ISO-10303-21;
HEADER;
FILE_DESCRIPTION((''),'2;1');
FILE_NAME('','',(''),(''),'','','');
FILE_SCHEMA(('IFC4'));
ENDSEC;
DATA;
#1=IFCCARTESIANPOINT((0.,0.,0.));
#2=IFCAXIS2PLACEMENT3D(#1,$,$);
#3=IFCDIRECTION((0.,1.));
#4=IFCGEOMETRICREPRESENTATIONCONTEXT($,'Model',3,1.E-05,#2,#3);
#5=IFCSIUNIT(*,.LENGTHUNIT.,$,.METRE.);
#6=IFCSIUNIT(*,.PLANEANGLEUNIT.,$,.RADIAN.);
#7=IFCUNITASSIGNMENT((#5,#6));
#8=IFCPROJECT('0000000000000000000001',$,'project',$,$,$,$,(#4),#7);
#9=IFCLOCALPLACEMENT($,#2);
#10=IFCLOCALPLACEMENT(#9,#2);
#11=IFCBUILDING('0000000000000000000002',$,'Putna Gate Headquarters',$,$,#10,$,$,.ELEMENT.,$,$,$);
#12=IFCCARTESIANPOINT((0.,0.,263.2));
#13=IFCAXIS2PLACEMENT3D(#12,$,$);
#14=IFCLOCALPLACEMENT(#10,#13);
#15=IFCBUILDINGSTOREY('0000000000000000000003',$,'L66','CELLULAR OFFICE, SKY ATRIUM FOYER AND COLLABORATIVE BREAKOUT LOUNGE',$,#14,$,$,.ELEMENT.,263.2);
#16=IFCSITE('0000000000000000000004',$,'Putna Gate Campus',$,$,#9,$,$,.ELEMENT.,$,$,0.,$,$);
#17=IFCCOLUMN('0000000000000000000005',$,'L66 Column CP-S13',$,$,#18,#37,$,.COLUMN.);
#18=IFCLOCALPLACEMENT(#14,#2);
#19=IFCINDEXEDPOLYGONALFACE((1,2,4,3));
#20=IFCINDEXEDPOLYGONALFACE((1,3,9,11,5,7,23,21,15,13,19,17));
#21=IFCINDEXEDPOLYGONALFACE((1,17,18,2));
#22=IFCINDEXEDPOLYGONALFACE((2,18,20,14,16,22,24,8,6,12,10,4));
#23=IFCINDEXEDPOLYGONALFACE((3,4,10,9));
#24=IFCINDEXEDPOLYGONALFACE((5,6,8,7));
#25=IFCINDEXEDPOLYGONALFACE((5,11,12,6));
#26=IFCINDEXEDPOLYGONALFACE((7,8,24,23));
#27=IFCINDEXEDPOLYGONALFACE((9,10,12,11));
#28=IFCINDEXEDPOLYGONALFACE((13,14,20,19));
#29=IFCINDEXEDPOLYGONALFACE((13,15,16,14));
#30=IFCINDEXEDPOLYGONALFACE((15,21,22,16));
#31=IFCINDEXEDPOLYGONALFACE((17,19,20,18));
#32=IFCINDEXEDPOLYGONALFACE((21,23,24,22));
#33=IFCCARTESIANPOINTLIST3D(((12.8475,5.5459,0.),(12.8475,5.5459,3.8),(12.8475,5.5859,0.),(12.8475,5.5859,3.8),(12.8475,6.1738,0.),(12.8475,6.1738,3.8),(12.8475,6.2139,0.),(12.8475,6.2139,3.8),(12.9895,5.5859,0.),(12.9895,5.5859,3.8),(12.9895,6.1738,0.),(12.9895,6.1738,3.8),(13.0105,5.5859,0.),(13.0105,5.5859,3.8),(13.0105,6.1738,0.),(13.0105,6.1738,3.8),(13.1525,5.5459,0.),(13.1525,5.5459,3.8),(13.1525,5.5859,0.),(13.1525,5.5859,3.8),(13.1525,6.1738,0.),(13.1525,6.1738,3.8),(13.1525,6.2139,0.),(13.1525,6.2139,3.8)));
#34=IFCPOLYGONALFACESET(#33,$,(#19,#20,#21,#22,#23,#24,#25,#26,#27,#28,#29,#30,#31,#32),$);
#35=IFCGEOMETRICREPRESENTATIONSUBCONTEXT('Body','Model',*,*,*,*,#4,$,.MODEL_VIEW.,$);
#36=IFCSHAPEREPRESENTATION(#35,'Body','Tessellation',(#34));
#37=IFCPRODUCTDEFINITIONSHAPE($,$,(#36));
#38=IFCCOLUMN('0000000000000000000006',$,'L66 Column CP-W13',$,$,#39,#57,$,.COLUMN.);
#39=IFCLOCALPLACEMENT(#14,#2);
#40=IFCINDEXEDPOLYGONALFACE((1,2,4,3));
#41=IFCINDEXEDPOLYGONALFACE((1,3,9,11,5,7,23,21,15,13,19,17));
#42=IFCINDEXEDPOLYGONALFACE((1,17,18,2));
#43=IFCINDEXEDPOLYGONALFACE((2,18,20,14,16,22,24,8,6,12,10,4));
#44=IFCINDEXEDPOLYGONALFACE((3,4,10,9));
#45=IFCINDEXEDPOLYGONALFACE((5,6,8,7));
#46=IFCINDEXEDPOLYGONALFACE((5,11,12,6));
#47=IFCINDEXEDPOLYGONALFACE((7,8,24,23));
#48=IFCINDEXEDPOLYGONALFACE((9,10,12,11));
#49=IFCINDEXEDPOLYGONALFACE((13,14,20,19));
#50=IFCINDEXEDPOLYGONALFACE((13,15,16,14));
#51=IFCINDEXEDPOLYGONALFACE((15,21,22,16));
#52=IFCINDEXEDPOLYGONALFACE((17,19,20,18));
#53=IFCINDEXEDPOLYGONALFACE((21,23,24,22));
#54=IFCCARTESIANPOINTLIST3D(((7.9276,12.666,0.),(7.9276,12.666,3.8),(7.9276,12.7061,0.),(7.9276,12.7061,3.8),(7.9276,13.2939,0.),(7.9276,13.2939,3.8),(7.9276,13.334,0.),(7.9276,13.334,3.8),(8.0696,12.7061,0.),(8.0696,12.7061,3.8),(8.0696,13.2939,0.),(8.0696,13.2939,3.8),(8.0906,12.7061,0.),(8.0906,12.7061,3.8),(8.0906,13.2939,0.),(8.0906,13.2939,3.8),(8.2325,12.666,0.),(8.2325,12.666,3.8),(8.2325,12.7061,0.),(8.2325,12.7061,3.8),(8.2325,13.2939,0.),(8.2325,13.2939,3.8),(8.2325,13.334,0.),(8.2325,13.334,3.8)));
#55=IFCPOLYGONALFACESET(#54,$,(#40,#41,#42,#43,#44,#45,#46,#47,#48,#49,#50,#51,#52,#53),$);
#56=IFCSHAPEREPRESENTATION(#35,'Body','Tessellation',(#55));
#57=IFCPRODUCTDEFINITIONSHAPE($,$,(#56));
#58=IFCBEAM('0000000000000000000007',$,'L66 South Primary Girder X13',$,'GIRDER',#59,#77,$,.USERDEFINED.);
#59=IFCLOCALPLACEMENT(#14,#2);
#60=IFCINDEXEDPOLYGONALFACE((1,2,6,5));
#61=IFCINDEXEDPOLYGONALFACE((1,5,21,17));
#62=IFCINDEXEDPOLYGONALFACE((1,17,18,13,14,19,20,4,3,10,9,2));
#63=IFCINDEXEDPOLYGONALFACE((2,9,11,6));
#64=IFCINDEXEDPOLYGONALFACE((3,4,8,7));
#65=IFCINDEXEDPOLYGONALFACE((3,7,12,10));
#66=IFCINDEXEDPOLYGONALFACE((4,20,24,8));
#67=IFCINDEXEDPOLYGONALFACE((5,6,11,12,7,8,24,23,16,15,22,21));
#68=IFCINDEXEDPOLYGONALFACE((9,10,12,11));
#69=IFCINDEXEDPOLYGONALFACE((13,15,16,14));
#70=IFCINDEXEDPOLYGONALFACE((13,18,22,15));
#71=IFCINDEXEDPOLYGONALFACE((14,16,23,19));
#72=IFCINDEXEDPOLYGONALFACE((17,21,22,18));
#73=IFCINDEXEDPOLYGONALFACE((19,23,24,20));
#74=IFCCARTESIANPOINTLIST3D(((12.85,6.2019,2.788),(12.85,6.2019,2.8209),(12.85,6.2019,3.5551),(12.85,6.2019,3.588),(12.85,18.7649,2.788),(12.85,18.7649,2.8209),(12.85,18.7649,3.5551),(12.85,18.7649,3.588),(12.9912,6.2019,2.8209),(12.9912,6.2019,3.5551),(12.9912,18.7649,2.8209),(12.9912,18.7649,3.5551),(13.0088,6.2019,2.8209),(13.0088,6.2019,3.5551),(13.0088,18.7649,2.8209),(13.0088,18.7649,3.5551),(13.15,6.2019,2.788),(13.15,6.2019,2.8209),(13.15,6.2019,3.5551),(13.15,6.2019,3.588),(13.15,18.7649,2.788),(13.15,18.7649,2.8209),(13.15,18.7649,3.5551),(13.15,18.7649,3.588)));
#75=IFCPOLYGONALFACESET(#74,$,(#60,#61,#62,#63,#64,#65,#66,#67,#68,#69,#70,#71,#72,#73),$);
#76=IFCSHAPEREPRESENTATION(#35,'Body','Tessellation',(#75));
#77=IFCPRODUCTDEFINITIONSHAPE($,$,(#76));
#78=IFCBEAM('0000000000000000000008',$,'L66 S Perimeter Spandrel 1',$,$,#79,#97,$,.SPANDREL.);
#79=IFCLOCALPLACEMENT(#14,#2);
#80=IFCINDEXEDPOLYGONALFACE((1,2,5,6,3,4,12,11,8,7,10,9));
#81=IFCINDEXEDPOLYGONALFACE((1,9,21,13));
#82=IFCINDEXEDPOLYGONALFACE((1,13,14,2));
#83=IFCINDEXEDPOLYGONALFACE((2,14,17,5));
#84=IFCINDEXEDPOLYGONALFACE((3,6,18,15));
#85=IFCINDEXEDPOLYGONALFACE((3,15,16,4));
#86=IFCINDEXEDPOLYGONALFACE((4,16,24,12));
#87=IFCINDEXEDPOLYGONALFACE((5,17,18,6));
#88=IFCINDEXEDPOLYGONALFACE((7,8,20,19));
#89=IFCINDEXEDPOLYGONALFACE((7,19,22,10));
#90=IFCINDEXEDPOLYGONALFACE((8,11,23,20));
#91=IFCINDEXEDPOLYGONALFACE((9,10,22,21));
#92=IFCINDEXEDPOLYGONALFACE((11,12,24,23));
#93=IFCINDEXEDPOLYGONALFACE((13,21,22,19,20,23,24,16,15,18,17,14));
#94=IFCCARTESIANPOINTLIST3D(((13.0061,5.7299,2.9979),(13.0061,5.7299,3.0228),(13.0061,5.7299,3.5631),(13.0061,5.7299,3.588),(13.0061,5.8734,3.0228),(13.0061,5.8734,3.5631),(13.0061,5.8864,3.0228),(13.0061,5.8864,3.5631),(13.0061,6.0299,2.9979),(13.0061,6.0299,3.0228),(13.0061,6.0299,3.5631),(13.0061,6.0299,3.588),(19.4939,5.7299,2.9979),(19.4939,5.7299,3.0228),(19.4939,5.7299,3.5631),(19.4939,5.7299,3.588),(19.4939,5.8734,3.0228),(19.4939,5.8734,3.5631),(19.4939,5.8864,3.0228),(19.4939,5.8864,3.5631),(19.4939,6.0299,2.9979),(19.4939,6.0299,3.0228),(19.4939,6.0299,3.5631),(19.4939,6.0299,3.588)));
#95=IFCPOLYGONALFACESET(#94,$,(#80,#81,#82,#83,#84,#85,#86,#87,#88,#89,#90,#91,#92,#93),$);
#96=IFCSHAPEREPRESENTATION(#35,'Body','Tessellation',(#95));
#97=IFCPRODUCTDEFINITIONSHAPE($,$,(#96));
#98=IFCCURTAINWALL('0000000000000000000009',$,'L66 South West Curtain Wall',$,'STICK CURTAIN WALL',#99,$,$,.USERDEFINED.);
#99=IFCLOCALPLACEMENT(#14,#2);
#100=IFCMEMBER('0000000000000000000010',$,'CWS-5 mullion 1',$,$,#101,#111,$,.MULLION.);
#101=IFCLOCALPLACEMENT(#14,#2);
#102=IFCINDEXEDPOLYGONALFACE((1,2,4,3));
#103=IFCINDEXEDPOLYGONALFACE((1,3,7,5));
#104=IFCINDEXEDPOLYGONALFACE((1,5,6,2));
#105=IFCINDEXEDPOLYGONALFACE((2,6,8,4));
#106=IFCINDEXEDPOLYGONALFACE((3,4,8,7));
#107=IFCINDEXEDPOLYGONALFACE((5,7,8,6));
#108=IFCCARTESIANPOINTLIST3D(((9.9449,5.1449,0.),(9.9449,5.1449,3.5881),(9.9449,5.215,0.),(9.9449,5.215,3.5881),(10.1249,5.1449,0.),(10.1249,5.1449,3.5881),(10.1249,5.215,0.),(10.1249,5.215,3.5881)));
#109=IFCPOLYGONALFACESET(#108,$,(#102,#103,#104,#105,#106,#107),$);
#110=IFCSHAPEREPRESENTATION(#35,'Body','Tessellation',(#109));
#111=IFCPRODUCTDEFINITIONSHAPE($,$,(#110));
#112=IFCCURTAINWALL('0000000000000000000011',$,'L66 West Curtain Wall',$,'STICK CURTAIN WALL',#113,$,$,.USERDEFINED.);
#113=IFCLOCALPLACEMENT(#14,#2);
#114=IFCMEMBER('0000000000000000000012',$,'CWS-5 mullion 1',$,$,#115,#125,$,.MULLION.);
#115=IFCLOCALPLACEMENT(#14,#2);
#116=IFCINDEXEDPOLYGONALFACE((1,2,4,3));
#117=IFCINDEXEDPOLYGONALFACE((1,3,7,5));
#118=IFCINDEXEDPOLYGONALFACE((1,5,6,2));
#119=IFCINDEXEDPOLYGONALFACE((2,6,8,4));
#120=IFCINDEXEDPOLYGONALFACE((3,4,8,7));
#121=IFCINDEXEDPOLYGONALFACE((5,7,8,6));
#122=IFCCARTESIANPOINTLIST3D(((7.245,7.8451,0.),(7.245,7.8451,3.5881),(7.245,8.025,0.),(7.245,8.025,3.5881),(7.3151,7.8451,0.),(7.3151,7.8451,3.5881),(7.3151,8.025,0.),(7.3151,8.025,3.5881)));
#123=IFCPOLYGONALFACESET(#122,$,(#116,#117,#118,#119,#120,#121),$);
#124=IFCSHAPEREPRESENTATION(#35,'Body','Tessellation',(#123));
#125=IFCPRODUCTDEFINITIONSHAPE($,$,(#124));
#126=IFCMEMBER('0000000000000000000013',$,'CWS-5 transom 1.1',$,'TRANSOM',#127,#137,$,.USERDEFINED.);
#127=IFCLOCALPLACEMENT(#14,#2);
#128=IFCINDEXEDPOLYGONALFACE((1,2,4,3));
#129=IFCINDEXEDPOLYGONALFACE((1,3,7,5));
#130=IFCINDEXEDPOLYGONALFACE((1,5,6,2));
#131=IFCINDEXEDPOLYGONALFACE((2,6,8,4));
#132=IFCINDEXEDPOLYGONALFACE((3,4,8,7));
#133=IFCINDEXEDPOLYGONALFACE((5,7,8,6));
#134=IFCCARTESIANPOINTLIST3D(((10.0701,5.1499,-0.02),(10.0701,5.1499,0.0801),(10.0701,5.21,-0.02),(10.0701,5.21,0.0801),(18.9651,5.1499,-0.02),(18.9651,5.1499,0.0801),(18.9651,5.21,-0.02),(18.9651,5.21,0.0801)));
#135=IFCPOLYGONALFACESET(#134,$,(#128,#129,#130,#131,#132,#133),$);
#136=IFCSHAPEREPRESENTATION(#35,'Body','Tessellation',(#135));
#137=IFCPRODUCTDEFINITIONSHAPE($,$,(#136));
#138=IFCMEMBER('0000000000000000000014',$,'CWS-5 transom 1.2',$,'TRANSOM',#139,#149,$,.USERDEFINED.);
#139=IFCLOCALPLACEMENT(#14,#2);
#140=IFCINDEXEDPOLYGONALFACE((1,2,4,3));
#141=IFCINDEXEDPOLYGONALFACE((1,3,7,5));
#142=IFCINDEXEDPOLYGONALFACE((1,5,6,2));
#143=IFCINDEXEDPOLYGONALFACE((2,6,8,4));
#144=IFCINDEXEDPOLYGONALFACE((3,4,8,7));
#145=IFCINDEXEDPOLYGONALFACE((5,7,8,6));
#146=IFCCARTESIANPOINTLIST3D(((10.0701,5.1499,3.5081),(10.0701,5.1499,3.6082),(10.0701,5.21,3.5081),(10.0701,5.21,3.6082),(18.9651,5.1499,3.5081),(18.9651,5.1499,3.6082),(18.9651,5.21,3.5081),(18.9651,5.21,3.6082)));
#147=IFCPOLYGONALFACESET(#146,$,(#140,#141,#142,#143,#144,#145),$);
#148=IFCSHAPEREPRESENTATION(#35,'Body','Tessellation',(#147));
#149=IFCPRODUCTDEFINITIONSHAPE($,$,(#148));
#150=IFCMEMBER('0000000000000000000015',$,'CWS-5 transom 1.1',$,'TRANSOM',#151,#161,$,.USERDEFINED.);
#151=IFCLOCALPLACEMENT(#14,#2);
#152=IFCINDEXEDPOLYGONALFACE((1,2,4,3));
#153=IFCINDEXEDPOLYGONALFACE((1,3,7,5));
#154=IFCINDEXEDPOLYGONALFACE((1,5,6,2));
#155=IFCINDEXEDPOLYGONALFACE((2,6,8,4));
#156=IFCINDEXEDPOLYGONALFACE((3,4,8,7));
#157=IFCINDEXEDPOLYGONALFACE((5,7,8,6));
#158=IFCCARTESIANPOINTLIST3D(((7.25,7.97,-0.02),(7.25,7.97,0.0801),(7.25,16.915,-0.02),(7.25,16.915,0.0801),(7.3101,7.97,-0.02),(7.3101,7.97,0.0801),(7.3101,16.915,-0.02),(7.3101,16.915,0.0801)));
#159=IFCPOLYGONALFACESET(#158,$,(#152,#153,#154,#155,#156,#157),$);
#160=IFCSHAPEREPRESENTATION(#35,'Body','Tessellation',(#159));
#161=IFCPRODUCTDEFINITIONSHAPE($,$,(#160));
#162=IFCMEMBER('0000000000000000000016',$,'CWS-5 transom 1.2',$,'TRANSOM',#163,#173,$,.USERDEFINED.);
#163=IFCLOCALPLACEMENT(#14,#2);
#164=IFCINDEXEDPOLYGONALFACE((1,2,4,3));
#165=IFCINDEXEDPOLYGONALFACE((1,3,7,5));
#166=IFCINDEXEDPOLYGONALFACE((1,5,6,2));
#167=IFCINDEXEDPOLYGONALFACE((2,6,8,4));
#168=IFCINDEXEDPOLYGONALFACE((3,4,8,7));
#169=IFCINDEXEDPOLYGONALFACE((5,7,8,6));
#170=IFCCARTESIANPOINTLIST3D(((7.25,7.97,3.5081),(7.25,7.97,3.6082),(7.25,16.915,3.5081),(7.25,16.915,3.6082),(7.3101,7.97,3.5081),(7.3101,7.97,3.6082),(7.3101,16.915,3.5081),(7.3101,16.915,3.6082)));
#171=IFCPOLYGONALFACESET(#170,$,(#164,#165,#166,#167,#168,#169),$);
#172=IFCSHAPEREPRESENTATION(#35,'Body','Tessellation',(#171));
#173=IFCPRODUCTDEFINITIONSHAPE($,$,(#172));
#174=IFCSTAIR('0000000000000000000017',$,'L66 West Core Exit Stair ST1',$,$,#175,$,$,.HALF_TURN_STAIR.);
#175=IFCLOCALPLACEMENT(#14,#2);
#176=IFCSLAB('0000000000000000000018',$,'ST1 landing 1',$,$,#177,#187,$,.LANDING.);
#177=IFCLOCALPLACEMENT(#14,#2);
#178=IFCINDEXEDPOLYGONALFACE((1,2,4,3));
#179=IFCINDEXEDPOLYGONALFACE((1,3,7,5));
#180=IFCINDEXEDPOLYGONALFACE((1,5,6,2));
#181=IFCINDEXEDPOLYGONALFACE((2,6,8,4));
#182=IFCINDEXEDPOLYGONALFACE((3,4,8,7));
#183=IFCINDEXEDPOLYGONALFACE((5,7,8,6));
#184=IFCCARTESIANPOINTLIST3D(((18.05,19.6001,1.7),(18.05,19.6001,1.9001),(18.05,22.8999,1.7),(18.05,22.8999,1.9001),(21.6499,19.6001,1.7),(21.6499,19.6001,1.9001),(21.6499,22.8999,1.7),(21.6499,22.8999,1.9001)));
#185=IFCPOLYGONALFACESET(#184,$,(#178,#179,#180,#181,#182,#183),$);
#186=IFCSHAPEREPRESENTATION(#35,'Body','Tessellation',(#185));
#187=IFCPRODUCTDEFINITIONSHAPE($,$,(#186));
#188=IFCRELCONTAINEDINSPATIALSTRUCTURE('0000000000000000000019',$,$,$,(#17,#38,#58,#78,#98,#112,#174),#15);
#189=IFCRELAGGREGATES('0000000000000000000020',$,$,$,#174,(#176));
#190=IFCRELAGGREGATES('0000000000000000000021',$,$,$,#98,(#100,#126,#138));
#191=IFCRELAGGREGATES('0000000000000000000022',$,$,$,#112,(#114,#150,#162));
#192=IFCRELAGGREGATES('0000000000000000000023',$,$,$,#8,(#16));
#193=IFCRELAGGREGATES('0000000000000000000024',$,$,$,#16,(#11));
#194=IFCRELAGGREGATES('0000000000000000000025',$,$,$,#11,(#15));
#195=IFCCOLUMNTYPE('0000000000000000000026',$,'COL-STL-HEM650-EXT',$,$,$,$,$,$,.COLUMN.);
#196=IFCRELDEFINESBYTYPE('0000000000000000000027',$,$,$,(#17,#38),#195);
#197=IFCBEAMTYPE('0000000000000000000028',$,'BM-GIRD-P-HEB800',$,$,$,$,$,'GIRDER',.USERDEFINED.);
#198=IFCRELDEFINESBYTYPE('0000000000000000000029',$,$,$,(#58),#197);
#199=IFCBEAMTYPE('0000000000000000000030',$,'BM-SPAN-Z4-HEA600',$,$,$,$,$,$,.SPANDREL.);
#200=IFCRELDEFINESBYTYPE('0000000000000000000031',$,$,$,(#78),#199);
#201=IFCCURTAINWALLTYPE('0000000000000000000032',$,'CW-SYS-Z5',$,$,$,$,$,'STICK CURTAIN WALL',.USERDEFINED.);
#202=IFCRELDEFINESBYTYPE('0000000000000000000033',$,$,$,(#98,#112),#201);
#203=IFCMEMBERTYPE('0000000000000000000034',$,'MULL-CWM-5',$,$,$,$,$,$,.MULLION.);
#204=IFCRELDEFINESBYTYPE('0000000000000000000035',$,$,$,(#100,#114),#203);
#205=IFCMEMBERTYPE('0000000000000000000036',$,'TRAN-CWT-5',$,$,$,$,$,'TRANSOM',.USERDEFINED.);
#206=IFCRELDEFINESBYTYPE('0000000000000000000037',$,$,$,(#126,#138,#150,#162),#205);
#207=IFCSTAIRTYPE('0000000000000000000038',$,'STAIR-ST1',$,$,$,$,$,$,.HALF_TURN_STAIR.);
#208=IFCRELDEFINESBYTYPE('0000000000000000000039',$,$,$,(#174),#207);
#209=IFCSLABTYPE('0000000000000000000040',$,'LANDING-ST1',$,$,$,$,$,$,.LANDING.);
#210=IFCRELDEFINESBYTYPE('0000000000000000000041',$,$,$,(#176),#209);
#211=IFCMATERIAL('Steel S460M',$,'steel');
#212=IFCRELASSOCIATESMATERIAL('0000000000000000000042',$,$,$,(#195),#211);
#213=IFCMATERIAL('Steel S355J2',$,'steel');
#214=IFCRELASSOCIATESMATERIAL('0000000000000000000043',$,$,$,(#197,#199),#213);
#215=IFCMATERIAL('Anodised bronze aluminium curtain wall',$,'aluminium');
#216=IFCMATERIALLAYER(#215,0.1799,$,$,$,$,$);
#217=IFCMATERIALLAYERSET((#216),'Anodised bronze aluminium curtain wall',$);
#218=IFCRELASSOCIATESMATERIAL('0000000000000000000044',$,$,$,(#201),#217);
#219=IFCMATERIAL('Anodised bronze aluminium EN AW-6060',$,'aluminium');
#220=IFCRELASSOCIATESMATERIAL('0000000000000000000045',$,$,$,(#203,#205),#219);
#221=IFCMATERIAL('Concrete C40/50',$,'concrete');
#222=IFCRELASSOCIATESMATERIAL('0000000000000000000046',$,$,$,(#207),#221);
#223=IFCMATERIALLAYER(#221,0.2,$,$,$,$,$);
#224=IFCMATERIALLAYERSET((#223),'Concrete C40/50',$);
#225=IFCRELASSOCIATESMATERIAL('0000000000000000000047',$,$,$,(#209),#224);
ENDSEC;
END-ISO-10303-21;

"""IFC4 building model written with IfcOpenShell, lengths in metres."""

from ifc_helpers import new_model, si_unit, direction, frame, origin, origin_2d, place, context, subcontext, project, spatial, polyline, rectangle, i_section, outline, extrude, material, layer, layer_set, material_profile, profile_set, type_object, element, aggregate, save


model = new_model("IFC4")

# Units and contexts
model_context = context("Model", 3, precision=1e-05, world=origin(), true_north=direction((0.0, 1.0)))
body_context = subcontext(model_context, "Body", "Model", "MODEL_VIEW")
ifc_project = project(units=[si_unit("LENGTHUNIT", "METRE"), si_unit("PLANEANGLEUNIT", "RADIAN")], contexts=[model_context])

# Site, building, storey
site_placement = place(None, origin())
site = spatial("IfcSite", under=ifc_project, at=site_placement, Name="Putna Gate Campus", CompositionType="ELEMENT", RefElevation=0.0)
building_placement = place(site_placement, origin())
building = spatial("IfcBuilding", under=site, at=building_placement, Name="Putna Gate Headquarters", CompositionType="ELEMENT")
storey_placement = place(building_placement, frame((0.0, 0.0, 263.2)))
storey = spatial("IfcBuildingStorey", under=building, at=storey_placement, Name="L66", Description="CELLULAR OFFICE, SKY ATRIUM FOYER AND COLLABORATIVE BREAKOUT LOUNGE", CompositionType="ELEMENT", Elevation=263.2)

# Columns
ifc_material_1 = material(Name="Steel S460M", Category="steel")
ifc_material_profile_1 = material_profile(ifc_material_1, i_section(OverallWidth=0.3049, OverallDepth=0.668, WebThickness=0.021, FlangeThickness=0.04, at=origin_2d()), Name="Steel S460M")
ifc_profile_set_1 = profile_set([ifc_material_profile_1], Name="Steel S460M")
column_type = type_object("IfcColumnType", Name="COL-STL-HEM650-EXT", PredefinedType="COLUMN", material=ifc_profile_set_1)
for number, where, z_axis, x_axis, name in (
    (1, (13.0, 5.8799, 0.0), (0.0, 0.0, 1.0), (1.0, 0.0, 0.0), "L66 Column CP-S13"),
    (2, (8.0801, 13.0, 0.0), (0.0, 0.0, 1.0), (1.0, 0.0, 0.0), "L66 Column CP-W13"),
):
    element("IfcColumn", number, at=place(storey_placement, frame(where, z_axis=z_axis, x_axis=x_axis)), inside=storey, type_object=column_type, Name=name, PredefinedType="COLUMN", context=body_context, shape_type="SweptSolid", body=[
        extrude(i_section(OverallWidth=0.3049, OverallDepth=0.668, WebThickness=0.021, FlangeThickness=0.04, at=origin_2d()), origin(), (0.0, 0.0, 1.0), 3.8),
    ])

# Beams
ifc_material_2 = material(Name="Steel S355J2", Category="steel")
ifc_material_profile_2 = material_profile(ifc_material_2, i_section(OverallWidth=0.3, OverallDepth=0.8, WebThickness=0.0176, FlangeThickness=0.033, at=origin_2d()), Name="Steel S355J2")
ifc_profile_set_2 = profile_set([ifc_material_profile_2], Name="Steel S355J2")
beam_type_1 = type_object("IfcBeamType", Name="BM-GIRD-P-HEB800", ElementType="GIRDER", PredefinedType="USERDEFINED", material=ifc_profile_set_2)
beam_1_placement = place(storey_placement, frame((13.0, 6.2019, 3.188), z_axis=(0.0, 1.0, 0.0), x_axis=(-1.0, 0.0, 0.0)))
element("IfcBeam", 3, at=beam_1_placement, inside=storey, type_object=beam_type_1, Name="L66 South Primary Girder X13", ObjectType="GIRDER", PredefinedType="USERDEFINED", context=body_context, shape_type="SweptSolid", body=[
    extrude(i_section(OverallWidth=0.3, OverallDepth=0.8, WebThickness=0.0176, FlangeThickness=0.033, at=origin_2d()), origin(), (0.0, 0.0, 1.0), 12.563),
])
ifc_material_profile_3 = material_profile(ifc_material_2, i_section(OverallWidth=0.3, OverallDepth=0.5901, WebThickness=0.0129, FlangeThickness=0.0249, at=origin_2d()), Name="Steel S355J2")
ifc_profile_set_3 = profile_set([ifc_material_profile_3], Name="Steel S355J2")
beam_type_2 = type_object("IfcBeamType", Name="BM-SPAN-Z4-HEA600", PredefinedType="SPANDREL", material=ifc_profile_set_3)
beam_2_placement = place(storey_placement, frame((13.0061, 5.8799, 3.293), z_axis=(1.0, 0.0, 0.0), x_axis=(0.0, 1.0, 0.0)))
element("IfcBeam", 4, at=beam_2_placement, inside=storey, type_object=beam_type_2, Name="L66 S Perimeter Spandrel 1", PredefinedType="SPANDREL", context=body_context, shape_type="SweptSolid", body=[
    extrude(i_section(OverallWidth=0.3, OverallDepth=0.5901, WebThickness=0.0129, FlangeThickness=0.0249, at=origin_2d()), origin(), (0.0, 0.0, 1.0), 6.4878),
])

# Curtain walls, members
ifc_material_3 = material(Name="Anodised bronze aluminium curtain wall", Category="aluminium")
ifc_layer_1 = layer(ifc_material_3, 0.1799)
ifc_layer_set_1 = layer_set([ifc_layer_1], Name="Anodised bronze aluminium curtain wall")
curtain_wall_type = type_object("IfcCurtainWallType", Name="CW-SYS-Z5", ElementType="STICK CURTAIN WALL", PredefinedType="USERDEFINED", material=ifc_layer_set_1)
curtain_wall_1_placement = place(storey_placement, origin())
curtain_wall_1 = element("IfcCurtainWall", 5, at=curtain_wall_1_placement, inside=storey, type_object=curtain_wall_type, Name="L66 South West Curtain Wall", ObjectType="STICK CURTAIN WALL", PredefinedType="USERDEFINED")
ifc_material_4 = material(Name="Anodised bronze aluminium EN AW-6060", Category="aluminium")
ifc_material_profile_4 = material_profile(ifc_material_4, rectangle(XDim=0.0701, YDim=0.1799, at=origin_2d()), Name="Anodised bronze aluminium EN AW-6060")
ifc_profile_set_4 = profile_set([ifc_material_profile_4], Name="Anodised bronze aluminium EN AW-6060")
member_type_1 = type_object("IfcMemberType", Name="MULL-CWM-5", PredefinedType="MULLION", material=ifc_profile_set_4)
member_1_placement = place(storey_placement, frame((10.0349, 5.1799, 0.0), z_axis=(0.0, 0.0, 1.0), x_axis=(0.0, 1.0, 0.0)))
member_1 = element("IfcMember", 6, at=member_1_placement, type_object=member_type_1, Name="CWS-5 mullion 1", PredefinedType="MULLION", context=body_context, shape_type="SweptSolid", body=[
    extrude(rectangle(XDim=0.0701, YDim=0.1799, at=origin_2d()), origin(), (0.0, 0.0, 1.0), 3.5881),
])
curtain_wall_2_placement = place(storey_placement, origin())
curtain_wall_2 = element("IfcCurtainWall", 7, at=curtain_wall_2_placement, inside=storey, type_object=curtain_wall_type, Name="L66 West Curtain Wall", ObjectType="STICK CURTAIN WALL", PredefinedType="USERDEFINED")
member_2_placement = place(storey_placement, frame((7.28, 7.9351, 0.0), z_axis=(0.0, 0.0, 1.0), x_axis=(-1.0, 0.0, 0.0)))
member_2 = element("IfcMember", 8, at=member_2_placement, type_object=member_type_1, Name="CWS-5 mullion 1", PredefinedType="MULLION", context=body_context, shape_type="SweptSolid", body=[
    extrude(rectangle(XDim=0.0701, YDim=0.1799, at=origin_2d()), origin(), (0.0, 0.0, 1.0), 3.5881),
])

# Members
ifc_material_profile_5 = material_profile(ifc_material_4, rectangle(XDim=0.0601, YDim=0.1001, at=origin_2d()), Name="Anodised bronze aluminium EN AW-6060")
ifc_profile_set_5 = profile_set([ifc_material_profile_5], Name="Anodised bronze aluminium EN AW-6060")
member_type_2 = type_object("IfcMemberType", Name="TRAN-CWT-5", ElementType="TRANSOM", PredefinedType="USERDEFINED", material=ifc_profile_set_5)
member_3_placement = place(storey_placement, frame((10.0701, 5.1799, 0.03), z_axis=(1.0, 0.0, 0.0), x_axis=(0.0, 1.0, 0.0)))
member_3 = element("IfcMember", 9, at=member_3_placement, type_object=member_type_2, Name="CWS-5 transom 1.1", ObjectType="TRANSOM", PredefinedType="USERDEFINED", context=body_context, shape_type="SweptSolid", body=[
    extrude(rectangle(XDim=0.0601, YDim=0.1001, at=origin_2d()), origin(), (0.0, 0.0, 1.0), 8.895),
])
member_4_placement = place(storey_placement, frame((10.0701, 5.1799, 3.5581), z_axis=(1.0, 0.0, 0.0), x_axis=(0.0, 1.0, 0.0)))
member_4 = element("IfcMember", 10, at=member_4_placement, type_object=member_type_2, Name="CWS-5 transom 1.2", ObjectType="TRANSOM", PredefinedType="USERDEFINED", context=body_context, shape_type="SweptSolid", body=[
    extrude(rectangle(XDim=0.0601, YDim=0.1001, at=origin_2d()), origin(), (0.0, 0.0, 1.0), 8.895),
])
member_5_placement = place(storey_placement, frame((7.28, 7.97, 0.03), z_axis=(0.0, 1.0, 0.0), x_axis=(-1.0, 0.0, 0.0)))
member_5 = element("IfcMember", 11, at=member_5_placement, type_object=member_type_2, Name="CWS-5 transom 1.1", ObjectType="TRANSOM", PredefinedType="USERDEFINED", context=body_context, shape_type="SweptSolid", body=[
    extrude(rectangle(XDim=0.0601, YDim=0.1001, at=origin_2d()), origin(), (0.0, 0.0, 1.0), 8.9451),
])
member_6_placement = place(storey_placement, frame((7.28, 7.97, 3.5581), z_axis=(0.0, 1.0, 0.0), x_axis=(-1.0, 0.0, 0.0)))
member_6 = element("IfcMember", 12, at=member_6_placement, type_object=member_type_2, Name="CWS-5 transom 1.2", ObjectType="TRANSOM", PredefinedType="USERDEFINED", context=body_context, shape_type="SweptSolid", body=[
    extrude(rectangle(XDim=0.0601, YDim=0.1001, at=origin_2d()), origin(), (0.0, 0.0, 1.0), 8.9451),
])

# Stair, slab
ifc_material_5 = material(Name="Concrete C40/50", Category="concrete")
stair_type_1 = type_object("IfcStairType", Name="STAIR-ST1", PredefinedType="HALF_TURN_STAIR", material=ifc_material_5)
stair_1_placement = place(storey_placement, origin())
stair_1 = element("IfcStair", 13, at=stair_1_placement, inside=storey, type_object=stair_type_1, Name="L66 West Core Exit Stair ST1", PredefinedType="HALF_TURN_STAIR")
ifc_layer_2 = layer(ifc_material_5, 0.2)
ifc_layer_set_2 = layer_set([ifc_layer_2], Name="Concrete C40/50")
slab_type_1 = type_object("IfcSlabType", Name="LANDING-ST1", PredefinedType="LANDING", material=ifc_layer_set_2)
slab_1_placement = place(storey_placement, frame((0.0, 0.0, 1.7)))
slab_1 = element("IfcSlab", 14, at=slab_1_placement, type_object=slab_type_1, Name="ST1 landing 1", PredefinedType="LANDING", context=body_context, shape_type="SweptSolid", body=[
    extrude(outline(polyline([(18.05, 19.6001), (21.6499, 19.6001), (21.6499, 22.8999), (18.05, 22.8999), (18.05, 19.6001)])), origin(), (0.0, 0.0, 1.0), 0.2002),
])
aggregate(stair_1, [slab_1])

aggregate(curtain_wall_1, [member_1, member_3, member_4])
aggregate(curtain_wall_2, [member_2, member_5, member_6])

save(model, "model.ifc")
